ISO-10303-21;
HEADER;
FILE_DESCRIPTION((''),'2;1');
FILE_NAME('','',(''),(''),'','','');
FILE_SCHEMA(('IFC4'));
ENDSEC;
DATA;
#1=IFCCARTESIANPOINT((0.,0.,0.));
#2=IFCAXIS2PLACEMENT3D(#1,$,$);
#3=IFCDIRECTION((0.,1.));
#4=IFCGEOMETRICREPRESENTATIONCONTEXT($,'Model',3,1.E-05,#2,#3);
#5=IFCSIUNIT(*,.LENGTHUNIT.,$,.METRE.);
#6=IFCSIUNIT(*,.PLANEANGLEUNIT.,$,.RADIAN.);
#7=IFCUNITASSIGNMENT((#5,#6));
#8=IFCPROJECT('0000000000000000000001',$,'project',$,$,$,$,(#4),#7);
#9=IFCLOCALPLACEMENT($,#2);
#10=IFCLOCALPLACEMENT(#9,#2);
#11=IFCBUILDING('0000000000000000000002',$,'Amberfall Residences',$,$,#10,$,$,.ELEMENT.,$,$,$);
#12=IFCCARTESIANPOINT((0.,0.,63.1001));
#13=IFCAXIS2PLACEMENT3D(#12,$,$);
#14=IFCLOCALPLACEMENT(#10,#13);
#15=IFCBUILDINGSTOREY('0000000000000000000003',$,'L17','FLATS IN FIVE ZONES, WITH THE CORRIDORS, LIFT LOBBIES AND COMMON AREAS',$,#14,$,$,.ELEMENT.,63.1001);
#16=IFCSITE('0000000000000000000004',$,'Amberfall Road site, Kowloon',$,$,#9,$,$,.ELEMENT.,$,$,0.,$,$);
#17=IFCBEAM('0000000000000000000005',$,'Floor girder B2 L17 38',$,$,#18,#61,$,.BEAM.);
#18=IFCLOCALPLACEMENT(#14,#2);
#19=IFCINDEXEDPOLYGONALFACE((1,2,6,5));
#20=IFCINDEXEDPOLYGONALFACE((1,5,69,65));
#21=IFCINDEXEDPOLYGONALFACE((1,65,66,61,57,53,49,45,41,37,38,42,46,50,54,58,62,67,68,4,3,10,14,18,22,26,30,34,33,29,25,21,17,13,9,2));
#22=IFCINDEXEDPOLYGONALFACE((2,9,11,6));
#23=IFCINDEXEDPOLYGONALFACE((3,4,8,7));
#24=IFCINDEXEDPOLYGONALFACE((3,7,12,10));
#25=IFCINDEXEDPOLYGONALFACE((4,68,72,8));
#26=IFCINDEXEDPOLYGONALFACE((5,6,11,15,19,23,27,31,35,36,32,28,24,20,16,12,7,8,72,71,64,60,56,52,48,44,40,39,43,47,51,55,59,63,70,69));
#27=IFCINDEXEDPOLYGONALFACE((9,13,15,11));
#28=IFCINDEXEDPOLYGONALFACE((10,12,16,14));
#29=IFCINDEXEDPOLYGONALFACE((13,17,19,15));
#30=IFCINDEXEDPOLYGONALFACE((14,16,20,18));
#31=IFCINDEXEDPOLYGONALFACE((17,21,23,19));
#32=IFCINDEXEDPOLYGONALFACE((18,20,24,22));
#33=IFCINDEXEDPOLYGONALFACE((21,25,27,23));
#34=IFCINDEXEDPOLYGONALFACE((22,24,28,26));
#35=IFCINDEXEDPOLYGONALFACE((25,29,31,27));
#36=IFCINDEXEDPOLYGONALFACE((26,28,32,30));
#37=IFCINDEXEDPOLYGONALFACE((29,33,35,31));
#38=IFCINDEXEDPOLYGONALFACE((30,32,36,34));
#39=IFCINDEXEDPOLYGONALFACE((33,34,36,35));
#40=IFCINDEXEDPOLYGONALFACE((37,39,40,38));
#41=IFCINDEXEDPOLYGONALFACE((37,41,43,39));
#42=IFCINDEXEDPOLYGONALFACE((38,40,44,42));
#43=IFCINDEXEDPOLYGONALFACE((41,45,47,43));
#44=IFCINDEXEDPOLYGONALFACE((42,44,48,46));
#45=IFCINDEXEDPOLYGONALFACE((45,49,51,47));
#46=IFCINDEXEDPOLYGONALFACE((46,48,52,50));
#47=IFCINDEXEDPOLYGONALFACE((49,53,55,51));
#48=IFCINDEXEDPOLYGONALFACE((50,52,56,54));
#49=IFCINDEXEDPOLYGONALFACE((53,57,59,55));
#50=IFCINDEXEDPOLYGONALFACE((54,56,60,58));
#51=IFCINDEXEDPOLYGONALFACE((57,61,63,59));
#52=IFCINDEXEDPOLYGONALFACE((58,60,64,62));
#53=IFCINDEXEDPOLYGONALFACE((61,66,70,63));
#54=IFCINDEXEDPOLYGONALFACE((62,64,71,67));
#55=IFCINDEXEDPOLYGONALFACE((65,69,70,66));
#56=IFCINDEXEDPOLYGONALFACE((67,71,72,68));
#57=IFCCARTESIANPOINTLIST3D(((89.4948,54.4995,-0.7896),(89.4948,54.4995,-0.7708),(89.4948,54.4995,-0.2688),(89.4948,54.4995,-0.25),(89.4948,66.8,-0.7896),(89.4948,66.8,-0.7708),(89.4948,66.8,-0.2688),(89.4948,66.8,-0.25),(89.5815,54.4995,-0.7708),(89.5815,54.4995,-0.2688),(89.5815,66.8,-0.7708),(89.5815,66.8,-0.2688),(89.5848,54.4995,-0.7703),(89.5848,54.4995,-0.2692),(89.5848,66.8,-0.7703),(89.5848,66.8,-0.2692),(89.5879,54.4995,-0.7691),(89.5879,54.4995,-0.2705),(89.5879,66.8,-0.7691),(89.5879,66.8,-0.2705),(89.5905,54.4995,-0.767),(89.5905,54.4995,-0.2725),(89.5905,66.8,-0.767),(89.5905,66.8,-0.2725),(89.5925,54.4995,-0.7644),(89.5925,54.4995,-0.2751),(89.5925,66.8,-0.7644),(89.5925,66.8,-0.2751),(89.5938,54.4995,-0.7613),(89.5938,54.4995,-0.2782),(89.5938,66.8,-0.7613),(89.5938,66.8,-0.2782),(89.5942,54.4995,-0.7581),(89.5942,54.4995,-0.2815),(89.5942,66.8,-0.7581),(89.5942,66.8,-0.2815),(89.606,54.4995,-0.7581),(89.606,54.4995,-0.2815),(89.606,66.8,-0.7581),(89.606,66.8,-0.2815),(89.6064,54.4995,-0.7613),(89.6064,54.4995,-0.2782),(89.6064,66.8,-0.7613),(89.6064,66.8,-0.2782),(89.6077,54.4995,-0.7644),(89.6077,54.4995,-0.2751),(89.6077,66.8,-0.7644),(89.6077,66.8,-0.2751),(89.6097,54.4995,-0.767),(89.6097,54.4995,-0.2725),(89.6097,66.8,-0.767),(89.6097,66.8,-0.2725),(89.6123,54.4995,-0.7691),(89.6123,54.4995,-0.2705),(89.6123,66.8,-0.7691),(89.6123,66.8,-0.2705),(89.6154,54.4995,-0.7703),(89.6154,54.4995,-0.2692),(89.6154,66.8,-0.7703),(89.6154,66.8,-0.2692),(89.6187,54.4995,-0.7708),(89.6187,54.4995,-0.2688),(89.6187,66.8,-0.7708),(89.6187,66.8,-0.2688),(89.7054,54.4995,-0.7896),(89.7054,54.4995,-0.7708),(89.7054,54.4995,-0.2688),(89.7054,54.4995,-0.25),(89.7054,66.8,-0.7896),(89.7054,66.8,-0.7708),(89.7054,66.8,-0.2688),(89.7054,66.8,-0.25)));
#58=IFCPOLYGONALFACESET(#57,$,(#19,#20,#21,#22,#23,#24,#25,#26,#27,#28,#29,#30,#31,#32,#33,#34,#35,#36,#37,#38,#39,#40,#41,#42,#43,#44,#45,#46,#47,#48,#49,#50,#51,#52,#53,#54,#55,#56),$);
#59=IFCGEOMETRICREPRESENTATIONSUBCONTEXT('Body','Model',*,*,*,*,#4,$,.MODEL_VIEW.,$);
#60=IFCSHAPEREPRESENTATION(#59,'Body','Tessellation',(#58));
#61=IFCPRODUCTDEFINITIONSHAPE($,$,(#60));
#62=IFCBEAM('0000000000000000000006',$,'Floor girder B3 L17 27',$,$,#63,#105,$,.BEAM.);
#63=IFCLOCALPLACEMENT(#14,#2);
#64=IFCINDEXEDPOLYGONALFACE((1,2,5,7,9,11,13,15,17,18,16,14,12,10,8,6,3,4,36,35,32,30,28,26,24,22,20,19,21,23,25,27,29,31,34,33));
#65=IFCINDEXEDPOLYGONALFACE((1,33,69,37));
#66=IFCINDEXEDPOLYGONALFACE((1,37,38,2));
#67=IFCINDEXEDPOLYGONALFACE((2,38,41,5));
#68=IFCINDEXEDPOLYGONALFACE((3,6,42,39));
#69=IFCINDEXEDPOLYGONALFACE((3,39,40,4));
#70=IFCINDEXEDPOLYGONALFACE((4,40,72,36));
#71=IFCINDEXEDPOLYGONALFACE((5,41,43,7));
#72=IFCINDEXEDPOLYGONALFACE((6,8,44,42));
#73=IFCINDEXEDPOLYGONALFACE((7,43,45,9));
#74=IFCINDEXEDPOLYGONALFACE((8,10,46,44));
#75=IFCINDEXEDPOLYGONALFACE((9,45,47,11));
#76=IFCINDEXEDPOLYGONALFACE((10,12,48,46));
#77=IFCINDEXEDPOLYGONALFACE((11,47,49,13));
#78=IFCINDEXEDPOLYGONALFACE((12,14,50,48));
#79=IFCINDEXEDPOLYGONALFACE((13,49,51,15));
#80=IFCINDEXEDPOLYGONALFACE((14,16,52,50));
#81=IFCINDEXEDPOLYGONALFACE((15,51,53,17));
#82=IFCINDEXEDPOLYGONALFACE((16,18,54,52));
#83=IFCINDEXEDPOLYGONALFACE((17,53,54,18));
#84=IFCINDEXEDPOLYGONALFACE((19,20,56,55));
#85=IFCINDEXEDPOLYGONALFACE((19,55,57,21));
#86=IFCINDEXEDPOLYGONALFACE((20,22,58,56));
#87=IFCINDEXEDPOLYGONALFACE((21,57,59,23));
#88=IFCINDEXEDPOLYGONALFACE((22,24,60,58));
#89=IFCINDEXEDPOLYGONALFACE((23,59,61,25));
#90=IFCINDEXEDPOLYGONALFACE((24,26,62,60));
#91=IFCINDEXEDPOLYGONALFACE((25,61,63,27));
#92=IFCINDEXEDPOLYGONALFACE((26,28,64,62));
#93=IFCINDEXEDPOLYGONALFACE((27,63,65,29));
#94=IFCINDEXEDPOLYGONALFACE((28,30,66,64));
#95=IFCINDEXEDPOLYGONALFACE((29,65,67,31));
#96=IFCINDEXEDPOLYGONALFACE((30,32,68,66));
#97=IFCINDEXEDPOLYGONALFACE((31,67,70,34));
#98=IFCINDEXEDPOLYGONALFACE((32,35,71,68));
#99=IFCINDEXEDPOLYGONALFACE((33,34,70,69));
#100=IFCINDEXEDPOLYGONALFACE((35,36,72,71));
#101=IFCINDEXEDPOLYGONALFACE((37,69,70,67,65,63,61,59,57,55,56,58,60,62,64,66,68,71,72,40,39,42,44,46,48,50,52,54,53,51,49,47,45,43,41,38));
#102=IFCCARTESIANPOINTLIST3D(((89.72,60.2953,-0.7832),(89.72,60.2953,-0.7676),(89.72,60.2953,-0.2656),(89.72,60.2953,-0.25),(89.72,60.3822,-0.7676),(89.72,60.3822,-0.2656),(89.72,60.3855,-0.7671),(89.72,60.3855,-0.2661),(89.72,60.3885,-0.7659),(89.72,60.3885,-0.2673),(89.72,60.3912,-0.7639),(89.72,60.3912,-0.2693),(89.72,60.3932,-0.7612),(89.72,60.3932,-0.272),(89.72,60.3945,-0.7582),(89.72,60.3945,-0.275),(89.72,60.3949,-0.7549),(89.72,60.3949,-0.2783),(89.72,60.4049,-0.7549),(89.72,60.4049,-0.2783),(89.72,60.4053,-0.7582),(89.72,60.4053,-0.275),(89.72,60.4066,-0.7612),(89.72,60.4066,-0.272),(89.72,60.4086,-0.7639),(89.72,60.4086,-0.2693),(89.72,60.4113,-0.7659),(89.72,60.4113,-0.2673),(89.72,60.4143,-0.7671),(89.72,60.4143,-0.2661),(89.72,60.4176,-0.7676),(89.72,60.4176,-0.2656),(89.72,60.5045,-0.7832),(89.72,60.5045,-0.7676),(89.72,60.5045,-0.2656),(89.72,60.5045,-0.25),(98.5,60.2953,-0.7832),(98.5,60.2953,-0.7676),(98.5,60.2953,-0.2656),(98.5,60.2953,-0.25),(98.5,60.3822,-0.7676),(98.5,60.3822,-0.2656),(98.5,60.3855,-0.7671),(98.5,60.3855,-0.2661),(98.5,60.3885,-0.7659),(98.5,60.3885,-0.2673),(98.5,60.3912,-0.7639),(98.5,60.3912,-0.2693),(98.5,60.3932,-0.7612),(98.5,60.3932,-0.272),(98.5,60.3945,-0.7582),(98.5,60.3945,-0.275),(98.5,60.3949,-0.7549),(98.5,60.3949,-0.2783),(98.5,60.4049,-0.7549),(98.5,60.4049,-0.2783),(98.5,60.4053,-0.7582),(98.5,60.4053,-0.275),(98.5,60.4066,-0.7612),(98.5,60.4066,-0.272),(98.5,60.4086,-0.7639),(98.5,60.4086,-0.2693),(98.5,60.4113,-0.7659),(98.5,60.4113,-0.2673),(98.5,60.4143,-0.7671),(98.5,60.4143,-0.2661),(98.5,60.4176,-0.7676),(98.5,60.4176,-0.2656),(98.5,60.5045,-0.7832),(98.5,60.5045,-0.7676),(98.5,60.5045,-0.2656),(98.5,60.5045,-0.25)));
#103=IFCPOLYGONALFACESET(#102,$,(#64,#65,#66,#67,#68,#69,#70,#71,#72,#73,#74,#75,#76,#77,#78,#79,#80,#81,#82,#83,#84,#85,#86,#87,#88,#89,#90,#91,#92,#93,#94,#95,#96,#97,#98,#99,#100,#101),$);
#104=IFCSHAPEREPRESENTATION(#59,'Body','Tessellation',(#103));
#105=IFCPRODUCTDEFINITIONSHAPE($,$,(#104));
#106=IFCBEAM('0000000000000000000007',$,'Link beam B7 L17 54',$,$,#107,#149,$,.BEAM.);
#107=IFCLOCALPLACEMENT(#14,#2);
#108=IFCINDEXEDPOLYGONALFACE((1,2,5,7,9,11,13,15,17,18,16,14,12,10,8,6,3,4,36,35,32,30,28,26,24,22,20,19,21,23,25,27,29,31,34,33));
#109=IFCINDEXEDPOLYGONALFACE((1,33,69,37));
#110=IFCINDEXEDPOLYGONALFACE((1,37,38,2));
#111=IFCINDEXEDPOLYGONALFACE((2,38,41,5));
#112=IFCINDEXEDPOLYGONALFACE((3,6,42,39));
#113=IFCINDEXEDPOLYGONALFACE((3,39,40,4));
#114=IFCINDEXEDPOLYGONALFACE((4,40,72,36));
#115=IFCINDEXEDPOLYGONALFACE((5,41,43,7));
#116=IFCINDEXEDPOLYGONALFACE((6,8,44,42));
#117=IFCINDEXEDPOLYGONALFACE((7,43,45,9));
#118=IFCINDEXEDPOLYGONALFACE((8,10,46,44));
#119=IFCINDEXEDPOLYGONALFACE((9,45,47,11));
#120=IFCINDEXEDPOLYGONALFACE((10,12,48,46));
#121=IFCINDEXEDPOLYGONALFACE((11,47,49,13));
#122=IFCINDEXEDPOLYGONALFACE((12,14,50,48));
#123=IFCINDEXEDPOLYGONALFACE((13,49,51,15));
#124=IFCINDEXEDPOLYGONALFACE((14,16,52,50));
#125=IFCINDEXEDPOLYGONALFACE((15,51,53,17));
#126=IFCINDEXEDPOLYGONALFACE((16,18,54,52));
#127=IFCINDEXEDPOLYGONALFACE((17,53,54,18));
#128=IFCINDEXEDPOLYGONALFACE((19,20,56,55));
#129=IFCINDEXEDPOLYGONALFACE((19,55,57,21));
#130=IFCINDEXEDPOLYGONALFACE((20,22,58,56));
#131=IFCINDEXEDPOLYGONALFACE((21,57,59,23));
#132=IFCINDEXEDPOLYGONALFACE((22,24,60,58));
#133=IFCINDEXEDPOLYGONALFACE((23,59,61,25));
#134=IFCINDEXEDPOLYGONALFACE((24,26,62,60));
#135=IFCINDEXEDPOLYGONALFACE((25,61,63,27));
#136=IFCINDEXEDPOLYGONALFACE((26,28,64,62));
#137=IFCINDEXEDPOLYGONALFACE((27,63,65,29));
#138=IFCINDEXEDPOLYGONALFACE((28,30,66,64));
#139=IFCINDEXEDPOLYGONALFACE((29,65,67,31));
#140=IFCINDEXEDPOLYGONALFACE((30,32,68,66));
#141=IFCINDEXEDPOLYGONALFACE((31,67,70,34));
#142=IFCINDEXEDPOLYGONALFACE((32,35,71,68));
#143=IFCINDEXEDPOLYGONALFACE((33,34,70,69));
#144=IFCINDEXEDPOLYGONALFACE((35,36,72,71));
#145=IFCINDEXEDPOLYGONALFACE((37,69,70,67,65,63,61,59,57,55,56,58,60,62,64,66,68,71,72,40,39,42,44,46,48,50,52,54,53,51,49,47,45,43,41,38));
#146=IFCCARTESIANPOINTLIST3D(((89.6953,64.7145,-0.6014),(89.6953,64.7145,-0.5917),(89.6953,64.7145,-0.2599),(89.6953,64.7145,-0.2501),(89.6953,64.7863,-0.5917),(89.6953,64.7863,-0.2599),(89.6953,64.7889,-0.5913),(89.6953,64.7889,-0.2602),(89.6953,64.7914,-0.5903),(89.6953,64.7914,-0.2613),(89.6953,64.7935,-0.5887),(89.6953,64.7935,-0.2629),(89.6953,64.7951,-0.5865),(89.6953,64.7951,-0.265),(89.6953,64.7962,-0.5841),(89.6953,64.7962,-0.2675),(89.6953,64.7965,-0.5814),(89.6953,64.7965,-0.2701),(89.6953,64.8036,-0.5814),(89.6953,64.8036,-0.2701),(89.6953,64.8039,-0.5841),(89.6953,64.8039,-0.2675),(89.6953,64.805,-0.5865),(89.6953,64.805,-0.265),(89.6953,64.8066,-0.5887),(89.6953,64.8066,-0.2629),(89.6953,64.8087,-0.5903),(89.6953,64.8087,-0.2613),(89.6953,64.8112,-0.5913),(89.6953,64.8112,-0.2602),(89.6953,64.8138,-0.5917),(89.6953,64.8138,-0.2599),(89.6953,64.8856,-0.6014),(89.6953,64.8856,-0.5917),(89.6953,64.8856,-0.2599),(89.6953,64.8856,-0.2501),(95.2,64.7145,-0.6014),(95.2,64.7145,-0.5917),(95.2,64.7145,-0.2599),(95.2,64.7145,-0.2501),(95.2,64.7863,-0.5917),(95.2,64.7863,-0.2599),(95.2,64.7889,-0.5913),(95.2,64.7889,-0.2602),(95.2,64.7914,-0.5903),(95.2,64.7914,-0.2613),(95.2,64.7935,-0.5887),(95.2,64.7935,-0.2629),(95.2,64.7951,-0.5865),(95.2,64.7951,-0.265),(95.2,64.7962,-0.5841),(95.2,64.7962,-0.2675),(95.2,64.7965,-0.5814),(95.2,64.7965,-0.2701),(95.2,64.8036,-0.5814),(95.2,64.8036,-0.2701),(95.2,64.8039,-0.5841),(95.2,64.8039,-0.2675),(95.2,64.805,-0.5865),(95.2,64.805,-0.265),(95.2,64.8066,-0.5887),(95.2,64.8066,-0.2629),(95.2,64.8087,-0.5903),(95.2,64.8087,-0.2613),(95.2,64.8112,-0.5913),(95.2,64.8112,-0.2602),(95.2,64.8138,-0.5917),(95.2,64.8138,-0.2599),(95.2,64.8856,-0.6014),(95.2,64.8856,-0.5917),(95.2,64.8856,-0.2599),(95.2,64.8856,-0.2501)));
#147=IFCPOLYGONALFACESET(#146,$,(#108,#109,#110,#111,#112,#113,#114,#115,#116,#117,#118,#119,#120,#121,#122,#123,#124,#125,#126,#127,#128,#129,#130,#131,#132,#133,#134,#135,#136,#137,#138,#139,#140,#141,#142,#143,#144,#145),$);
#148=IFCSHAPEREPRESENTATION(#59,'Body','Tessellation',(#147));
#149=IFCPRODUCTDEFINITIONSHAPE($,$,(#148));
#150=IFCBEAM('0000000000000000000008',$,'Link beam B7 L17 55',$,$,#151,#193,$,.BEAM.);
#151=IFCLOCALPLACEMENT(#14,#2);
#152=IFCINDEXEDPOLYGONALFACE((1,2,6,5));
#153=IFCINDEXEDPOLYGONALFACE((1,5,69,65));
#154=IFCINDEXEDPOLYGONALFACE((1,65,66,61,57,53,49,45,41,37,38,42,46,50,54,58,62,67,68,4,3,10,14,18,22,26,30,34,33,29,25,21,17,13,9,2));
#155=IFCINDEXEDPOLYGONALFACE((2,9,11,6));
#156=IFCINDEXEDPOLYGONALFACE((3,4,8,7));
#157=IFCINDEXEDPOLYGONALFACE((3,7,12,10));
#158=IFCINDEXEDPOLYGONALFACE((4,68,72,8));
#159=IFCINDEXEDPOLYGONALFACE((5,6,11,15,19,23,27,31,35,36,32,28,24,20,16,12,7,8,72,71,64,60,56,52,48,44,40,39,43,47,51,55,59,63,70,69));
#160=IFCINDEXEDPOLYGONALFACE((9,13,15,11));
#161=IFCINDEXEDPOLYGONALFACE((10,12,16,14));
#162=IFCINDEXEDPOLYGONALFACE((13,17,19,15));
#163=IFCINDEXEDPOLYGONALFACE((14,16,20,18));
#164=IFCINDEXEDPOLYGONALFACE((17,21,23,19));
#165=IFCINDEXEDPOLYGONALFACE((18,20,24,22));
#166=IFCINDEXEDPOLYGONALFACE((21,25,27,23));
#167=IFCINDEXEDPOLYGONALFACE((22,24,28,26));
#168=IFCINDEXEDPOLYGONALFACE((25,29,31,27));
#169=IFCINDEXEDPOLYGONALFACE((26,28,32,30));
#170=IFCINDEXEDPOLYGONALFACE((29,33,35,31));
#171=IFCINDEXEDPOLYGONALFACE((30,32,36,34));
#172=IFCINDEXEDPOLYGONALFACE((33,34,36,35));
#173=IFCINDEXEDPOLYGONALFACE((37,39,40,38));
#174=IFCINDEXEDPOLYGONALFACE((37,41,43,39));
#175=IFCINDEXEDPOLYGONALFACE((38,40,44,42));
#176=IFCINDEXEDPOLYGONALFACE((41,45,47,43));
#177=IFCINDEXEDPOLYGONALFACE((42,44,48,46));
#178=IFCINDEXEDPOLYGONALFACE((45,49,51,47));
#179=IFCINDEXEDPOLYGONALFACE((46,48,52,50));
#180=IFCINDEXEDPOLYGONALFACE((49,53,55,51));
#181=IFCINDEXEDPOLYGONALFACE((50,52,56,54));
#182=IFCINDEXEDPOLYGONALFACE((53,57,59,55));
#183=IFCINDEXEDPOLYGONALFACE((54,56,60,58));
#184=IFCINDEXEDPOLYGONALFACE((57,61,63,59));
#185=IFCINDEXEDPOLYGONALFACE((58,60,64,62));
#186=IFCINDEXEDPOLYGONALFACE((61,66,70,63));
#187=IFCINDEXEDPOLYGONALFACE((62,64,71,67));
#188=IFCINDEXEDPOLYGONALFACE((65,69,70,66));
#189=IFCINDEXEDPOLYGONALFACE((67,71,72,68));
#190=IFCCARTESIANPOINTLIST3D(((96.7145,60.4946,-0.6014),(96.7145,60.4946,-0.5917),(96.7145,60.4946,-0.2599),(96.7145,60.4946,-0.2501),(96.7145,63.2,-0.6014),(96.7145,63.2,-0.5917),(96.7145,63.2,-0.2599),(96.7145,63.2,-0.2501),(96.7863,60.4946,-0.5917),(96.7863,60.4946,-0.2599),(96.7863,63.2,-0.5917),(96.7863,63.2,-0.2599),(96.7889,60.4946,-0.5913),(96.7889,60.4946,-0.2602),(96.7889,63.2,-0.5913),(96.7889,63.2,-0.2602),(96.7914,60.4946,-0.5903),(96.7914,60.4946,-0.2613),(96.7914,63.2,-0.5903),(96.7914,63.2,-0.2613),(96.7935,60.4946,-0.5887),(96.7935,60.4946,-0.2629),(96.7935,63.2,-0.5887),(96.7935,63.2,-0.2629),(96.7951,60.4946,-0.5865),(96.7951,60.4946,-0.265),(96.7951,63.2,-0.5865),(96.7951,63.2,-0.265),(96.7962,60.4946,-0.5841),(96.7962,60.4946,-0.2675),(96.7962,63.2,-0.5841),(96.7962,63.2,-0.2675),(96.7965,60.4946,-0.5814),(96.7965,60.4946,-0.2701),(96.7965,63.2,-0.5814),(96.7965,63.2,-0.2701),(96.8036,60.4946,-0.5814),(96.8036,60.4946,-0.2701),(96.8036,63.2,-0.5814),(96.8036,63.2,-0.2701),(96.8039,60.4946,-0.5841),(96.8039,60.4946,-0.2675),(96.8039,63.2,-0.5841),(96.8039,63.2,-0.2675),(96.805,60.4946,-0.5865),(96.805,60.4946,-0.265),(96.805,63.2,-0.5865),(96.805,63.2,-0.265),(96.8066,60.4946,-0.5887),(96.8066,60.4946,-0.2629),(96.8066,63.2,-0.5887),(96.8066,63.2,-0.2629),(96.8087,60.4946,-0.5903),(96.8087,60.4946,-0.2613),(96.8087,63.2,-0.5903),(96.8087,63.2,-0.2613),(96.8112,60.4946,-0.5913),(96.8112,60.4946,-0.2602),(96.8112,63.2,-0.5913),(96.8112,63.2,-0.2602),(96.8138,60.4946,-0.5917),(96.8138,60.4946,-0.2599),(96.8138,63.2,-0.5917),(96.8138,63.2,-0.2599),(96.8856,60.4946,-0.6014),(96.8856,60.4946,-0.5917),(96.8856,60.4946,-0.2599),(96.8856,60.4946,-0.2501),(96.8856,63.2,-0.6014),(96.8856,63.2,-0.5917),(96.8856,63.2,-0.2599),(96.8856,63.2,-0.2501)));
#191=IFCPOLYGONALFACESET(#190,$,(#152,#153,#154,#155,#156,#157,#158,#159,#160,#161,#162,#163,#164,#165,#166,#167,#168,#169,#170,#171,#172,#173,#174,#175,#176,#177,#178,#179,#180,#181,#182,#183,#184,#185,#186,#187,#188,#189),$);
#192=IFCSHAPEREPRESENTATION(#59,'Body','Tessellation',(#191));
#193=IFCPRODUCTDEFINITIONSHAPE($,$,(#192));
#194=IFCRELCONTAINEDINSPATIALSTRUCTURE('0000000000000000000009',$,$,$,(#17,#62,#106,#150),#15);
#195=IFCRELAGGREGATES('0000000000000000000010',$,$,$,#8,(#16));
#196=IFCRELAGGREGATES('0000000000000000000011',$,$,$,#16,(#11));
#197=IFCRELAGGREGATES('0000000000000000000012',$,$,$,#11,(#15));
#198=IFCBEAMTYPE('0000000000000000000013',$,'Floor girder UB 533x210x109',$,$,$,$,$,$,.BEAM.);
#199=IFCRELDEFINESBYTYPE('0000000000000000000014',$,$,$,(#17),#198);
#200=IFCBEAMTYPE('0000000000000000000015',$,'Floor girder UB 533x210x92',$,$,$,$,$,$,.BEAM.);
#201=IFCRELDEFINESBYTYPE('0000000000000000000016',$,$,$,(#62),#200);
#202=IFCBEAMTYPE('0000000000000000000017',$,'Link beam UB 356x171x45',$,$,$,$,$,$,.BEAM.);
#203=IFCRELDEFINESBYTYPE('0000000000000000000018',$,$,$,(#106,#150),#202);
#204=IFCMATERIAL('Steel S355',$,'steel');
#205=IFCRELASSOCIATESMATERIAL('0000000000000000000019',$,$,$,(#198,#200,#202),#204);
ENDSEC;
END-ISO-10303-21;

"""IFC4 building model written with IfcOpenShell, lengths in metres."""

from ifc_helpers import new_model, si_unit, direction, frame, origin, origin_2d, place, context, subcontext, project, spatial, i_section, extrude, material, material_profile, profile_set, type_object, element, save


model = new_model("IFC4")

# Units and contexts
model_context = context("Model", 3, precision=1e-05, world=origin(), true_north=direction((0.0, 1.0)))
body_context = subcontext(model_context, "Body", "Model", "MODEL_VIEW")
ifc_project = project(units=[si_unit("LENGTHUNIT", "METRE"), si_unit("PLANEANGLEUNIT", "RADIAN")], contexts=[model_context])

# Site, building, storey
site_placement = place(None, origin())
site = spatial("IfcSite", under=ifc_project, at=site_placement, Name="Amberfall Road site, Kowloon", CompositionType="ELEMENT", RefElevation=0.0)
building_placement = place(site_placement, origin())
building = spatial("IfcBuilding", under=site, at=building_placement, Name="Amberfall Residences", CompositionType="ELEMENT")
storey_placement = place(building_placement, frame((0.0, 0.0, 63.1001)))
storey = spatial("IfcBuildingStorey", under=building, at=storey_placement, Name="L17", Description="FLATS IN FIVE ZONES, WITH THE CORRIDORS, LIFT LOBBIES AND COMMON AREAS", CompositionType="ELEMENT", Elevation=63.1001)

# Beams
ifc_material_1 = material(Name="Steel S355", Category="steel")
ifc_material_profile_1 = material_profile(ifc_material_1, i_section(OverallWidth=0.2107, OverallDepth=0.5396, WebThickness=0.0117, FlangeThickness=0.0188, FilletRadius=0.0127, at=origin_2d()), Name="UB 533x210x109")
ifc_profile_set_1 = profile_set([ifc_material_profile_1], Name="Steel S355")
beam_type_1 = type_object("IfcBeamType", Name="Floor girder UB 533x210x109", PredefinedType="BEAM", material=ifc_profile_set_1)
beam_1_placement = place(storey_placement, frame((89.6001, 66.8, -0.5198), z_axis=(0.0, -1.0, 0.0), x_axis=(1.0, 0.0, 0.0)))
element("IfcBeam", 1, at=beam_1_placement, inside=storey, type_object=beam_type_1, Name="Floor girder B2 L17 38", PredefinedType="BEAM", context=body_context, shape_type="SweptSolid", body=[
    extrude(i_section(OverallWidth=0.2107, OverallDepth=0.5396, WebThickness=0.0117, FlangeThickness=0.0188, FilletRadius=0.0127, at=origin_2d()), origin(), (0.0, 0.0, 1.0), 12.3005),
])
ifc_material_profile_2 = material_profile(ifc_material_1, i_section(OverallWidth=0.2092, OverallDepth=0.5332, WebThickness=0.01, FlangeThickness=0.0156, FilletRadius=0.0127, at=origin_2d()), Name="UB 533x210x92")
ifc_profile_set_2 = profile_set([ifc_material_profile_2], Name="Steel S355")
beam_type_2 = type_object("IfcBeamType", Name="Floor girder UB 533x210x92", PredefinedType="BEAM", material=ifc_profile_set_2)
beam_2_placement = place(storey_placement, frame((98.5, 60.3999, -0.5166), z_axis=(-1.0, 0.0, 0.0), x_axis=(0.0, -1.0, 0.0)))
element("IfcBeam", 2, at=beam_2_placement, inside=storey, type_object=beam_type_2, Name="Floor girder B3 L17 27", PredefinedType="BEAM", context=body_context, shape_type="SweptSolid", body=[
    extrude(i_section(OverallWidth=0.2092, OverallDepth=0.5332, WebThickness=0.01, FlangeThickness=0.0156, FilletRadius=0.0127, at=origin_2d()), origin(), (0.0, 0.0, 1.0), 8.78),
])
ifc_material_profile_3 = material_profile(ifc_material_1, i_section(OverallWidth=0.1711, OverallDepth=0.3513, WebThickness=0.0071, FlangeThickness=0.0098, FilletRadius=0.0103, at=origin_2d()), Name="UB 356x171x45")
ifc_profile_set_3 = profile_set([ifc_material_profile_3], Name="Steel S355")
beam_type_3 = type_object("IfcBeamType", Name="Link beam UB 356x171x45", PredefinedType="BEAM", material=ifc_profile_set_3)
beam_3_placement = place(storey_placement, frame((95.2, 64.8, -0.4258), z_axis=(-1.0, 0.0, 0.0), x_axis=(0.0, -1.0, 0.0)))
element("IfcBeam", 3, at=beam_3_placement, inside=storey, type_object=beam_type_3, Name="Link beam B7 L17 54", PredefinedType="BEAM", context=body_context, shape_type="SweptSolid", body=[
    extrude(i_section(OverallWidth=0.1711, OverallDepth=0.3513, WebThickness=0.0071, FlangeThickness=0.0098, FilletRadius=0.0103, at=origin_2d()), origin(), (0.0, 0.0, 1.0), 5.5046),
])
beam_4_placement = place(storey_placement, frame((96.8, 63.2, -0.4258), z_axis=(0.0, -1.0, 0.0), x_axis=(1.0, 0.0, 0.0)))
element("IfcBeam", 4, at=beam_4_placement, inside=storey, type_object=beam_type_3, Name="Link beam B7 L17 55", PredefinedType="BEAM", context=body_context, shape_type="SweptSolid", body=[
    extrude(i_section(OverallWidth=0.1711, OverallDepth=0.3513, WebThickness=0.0071, FlangeThickness=0.0098, FilletRadius=0.0103, at=origin_2d()), origin(), (0.0, 0.0, 1.0), 2.7053),
])

save(model, "model.ifc")
